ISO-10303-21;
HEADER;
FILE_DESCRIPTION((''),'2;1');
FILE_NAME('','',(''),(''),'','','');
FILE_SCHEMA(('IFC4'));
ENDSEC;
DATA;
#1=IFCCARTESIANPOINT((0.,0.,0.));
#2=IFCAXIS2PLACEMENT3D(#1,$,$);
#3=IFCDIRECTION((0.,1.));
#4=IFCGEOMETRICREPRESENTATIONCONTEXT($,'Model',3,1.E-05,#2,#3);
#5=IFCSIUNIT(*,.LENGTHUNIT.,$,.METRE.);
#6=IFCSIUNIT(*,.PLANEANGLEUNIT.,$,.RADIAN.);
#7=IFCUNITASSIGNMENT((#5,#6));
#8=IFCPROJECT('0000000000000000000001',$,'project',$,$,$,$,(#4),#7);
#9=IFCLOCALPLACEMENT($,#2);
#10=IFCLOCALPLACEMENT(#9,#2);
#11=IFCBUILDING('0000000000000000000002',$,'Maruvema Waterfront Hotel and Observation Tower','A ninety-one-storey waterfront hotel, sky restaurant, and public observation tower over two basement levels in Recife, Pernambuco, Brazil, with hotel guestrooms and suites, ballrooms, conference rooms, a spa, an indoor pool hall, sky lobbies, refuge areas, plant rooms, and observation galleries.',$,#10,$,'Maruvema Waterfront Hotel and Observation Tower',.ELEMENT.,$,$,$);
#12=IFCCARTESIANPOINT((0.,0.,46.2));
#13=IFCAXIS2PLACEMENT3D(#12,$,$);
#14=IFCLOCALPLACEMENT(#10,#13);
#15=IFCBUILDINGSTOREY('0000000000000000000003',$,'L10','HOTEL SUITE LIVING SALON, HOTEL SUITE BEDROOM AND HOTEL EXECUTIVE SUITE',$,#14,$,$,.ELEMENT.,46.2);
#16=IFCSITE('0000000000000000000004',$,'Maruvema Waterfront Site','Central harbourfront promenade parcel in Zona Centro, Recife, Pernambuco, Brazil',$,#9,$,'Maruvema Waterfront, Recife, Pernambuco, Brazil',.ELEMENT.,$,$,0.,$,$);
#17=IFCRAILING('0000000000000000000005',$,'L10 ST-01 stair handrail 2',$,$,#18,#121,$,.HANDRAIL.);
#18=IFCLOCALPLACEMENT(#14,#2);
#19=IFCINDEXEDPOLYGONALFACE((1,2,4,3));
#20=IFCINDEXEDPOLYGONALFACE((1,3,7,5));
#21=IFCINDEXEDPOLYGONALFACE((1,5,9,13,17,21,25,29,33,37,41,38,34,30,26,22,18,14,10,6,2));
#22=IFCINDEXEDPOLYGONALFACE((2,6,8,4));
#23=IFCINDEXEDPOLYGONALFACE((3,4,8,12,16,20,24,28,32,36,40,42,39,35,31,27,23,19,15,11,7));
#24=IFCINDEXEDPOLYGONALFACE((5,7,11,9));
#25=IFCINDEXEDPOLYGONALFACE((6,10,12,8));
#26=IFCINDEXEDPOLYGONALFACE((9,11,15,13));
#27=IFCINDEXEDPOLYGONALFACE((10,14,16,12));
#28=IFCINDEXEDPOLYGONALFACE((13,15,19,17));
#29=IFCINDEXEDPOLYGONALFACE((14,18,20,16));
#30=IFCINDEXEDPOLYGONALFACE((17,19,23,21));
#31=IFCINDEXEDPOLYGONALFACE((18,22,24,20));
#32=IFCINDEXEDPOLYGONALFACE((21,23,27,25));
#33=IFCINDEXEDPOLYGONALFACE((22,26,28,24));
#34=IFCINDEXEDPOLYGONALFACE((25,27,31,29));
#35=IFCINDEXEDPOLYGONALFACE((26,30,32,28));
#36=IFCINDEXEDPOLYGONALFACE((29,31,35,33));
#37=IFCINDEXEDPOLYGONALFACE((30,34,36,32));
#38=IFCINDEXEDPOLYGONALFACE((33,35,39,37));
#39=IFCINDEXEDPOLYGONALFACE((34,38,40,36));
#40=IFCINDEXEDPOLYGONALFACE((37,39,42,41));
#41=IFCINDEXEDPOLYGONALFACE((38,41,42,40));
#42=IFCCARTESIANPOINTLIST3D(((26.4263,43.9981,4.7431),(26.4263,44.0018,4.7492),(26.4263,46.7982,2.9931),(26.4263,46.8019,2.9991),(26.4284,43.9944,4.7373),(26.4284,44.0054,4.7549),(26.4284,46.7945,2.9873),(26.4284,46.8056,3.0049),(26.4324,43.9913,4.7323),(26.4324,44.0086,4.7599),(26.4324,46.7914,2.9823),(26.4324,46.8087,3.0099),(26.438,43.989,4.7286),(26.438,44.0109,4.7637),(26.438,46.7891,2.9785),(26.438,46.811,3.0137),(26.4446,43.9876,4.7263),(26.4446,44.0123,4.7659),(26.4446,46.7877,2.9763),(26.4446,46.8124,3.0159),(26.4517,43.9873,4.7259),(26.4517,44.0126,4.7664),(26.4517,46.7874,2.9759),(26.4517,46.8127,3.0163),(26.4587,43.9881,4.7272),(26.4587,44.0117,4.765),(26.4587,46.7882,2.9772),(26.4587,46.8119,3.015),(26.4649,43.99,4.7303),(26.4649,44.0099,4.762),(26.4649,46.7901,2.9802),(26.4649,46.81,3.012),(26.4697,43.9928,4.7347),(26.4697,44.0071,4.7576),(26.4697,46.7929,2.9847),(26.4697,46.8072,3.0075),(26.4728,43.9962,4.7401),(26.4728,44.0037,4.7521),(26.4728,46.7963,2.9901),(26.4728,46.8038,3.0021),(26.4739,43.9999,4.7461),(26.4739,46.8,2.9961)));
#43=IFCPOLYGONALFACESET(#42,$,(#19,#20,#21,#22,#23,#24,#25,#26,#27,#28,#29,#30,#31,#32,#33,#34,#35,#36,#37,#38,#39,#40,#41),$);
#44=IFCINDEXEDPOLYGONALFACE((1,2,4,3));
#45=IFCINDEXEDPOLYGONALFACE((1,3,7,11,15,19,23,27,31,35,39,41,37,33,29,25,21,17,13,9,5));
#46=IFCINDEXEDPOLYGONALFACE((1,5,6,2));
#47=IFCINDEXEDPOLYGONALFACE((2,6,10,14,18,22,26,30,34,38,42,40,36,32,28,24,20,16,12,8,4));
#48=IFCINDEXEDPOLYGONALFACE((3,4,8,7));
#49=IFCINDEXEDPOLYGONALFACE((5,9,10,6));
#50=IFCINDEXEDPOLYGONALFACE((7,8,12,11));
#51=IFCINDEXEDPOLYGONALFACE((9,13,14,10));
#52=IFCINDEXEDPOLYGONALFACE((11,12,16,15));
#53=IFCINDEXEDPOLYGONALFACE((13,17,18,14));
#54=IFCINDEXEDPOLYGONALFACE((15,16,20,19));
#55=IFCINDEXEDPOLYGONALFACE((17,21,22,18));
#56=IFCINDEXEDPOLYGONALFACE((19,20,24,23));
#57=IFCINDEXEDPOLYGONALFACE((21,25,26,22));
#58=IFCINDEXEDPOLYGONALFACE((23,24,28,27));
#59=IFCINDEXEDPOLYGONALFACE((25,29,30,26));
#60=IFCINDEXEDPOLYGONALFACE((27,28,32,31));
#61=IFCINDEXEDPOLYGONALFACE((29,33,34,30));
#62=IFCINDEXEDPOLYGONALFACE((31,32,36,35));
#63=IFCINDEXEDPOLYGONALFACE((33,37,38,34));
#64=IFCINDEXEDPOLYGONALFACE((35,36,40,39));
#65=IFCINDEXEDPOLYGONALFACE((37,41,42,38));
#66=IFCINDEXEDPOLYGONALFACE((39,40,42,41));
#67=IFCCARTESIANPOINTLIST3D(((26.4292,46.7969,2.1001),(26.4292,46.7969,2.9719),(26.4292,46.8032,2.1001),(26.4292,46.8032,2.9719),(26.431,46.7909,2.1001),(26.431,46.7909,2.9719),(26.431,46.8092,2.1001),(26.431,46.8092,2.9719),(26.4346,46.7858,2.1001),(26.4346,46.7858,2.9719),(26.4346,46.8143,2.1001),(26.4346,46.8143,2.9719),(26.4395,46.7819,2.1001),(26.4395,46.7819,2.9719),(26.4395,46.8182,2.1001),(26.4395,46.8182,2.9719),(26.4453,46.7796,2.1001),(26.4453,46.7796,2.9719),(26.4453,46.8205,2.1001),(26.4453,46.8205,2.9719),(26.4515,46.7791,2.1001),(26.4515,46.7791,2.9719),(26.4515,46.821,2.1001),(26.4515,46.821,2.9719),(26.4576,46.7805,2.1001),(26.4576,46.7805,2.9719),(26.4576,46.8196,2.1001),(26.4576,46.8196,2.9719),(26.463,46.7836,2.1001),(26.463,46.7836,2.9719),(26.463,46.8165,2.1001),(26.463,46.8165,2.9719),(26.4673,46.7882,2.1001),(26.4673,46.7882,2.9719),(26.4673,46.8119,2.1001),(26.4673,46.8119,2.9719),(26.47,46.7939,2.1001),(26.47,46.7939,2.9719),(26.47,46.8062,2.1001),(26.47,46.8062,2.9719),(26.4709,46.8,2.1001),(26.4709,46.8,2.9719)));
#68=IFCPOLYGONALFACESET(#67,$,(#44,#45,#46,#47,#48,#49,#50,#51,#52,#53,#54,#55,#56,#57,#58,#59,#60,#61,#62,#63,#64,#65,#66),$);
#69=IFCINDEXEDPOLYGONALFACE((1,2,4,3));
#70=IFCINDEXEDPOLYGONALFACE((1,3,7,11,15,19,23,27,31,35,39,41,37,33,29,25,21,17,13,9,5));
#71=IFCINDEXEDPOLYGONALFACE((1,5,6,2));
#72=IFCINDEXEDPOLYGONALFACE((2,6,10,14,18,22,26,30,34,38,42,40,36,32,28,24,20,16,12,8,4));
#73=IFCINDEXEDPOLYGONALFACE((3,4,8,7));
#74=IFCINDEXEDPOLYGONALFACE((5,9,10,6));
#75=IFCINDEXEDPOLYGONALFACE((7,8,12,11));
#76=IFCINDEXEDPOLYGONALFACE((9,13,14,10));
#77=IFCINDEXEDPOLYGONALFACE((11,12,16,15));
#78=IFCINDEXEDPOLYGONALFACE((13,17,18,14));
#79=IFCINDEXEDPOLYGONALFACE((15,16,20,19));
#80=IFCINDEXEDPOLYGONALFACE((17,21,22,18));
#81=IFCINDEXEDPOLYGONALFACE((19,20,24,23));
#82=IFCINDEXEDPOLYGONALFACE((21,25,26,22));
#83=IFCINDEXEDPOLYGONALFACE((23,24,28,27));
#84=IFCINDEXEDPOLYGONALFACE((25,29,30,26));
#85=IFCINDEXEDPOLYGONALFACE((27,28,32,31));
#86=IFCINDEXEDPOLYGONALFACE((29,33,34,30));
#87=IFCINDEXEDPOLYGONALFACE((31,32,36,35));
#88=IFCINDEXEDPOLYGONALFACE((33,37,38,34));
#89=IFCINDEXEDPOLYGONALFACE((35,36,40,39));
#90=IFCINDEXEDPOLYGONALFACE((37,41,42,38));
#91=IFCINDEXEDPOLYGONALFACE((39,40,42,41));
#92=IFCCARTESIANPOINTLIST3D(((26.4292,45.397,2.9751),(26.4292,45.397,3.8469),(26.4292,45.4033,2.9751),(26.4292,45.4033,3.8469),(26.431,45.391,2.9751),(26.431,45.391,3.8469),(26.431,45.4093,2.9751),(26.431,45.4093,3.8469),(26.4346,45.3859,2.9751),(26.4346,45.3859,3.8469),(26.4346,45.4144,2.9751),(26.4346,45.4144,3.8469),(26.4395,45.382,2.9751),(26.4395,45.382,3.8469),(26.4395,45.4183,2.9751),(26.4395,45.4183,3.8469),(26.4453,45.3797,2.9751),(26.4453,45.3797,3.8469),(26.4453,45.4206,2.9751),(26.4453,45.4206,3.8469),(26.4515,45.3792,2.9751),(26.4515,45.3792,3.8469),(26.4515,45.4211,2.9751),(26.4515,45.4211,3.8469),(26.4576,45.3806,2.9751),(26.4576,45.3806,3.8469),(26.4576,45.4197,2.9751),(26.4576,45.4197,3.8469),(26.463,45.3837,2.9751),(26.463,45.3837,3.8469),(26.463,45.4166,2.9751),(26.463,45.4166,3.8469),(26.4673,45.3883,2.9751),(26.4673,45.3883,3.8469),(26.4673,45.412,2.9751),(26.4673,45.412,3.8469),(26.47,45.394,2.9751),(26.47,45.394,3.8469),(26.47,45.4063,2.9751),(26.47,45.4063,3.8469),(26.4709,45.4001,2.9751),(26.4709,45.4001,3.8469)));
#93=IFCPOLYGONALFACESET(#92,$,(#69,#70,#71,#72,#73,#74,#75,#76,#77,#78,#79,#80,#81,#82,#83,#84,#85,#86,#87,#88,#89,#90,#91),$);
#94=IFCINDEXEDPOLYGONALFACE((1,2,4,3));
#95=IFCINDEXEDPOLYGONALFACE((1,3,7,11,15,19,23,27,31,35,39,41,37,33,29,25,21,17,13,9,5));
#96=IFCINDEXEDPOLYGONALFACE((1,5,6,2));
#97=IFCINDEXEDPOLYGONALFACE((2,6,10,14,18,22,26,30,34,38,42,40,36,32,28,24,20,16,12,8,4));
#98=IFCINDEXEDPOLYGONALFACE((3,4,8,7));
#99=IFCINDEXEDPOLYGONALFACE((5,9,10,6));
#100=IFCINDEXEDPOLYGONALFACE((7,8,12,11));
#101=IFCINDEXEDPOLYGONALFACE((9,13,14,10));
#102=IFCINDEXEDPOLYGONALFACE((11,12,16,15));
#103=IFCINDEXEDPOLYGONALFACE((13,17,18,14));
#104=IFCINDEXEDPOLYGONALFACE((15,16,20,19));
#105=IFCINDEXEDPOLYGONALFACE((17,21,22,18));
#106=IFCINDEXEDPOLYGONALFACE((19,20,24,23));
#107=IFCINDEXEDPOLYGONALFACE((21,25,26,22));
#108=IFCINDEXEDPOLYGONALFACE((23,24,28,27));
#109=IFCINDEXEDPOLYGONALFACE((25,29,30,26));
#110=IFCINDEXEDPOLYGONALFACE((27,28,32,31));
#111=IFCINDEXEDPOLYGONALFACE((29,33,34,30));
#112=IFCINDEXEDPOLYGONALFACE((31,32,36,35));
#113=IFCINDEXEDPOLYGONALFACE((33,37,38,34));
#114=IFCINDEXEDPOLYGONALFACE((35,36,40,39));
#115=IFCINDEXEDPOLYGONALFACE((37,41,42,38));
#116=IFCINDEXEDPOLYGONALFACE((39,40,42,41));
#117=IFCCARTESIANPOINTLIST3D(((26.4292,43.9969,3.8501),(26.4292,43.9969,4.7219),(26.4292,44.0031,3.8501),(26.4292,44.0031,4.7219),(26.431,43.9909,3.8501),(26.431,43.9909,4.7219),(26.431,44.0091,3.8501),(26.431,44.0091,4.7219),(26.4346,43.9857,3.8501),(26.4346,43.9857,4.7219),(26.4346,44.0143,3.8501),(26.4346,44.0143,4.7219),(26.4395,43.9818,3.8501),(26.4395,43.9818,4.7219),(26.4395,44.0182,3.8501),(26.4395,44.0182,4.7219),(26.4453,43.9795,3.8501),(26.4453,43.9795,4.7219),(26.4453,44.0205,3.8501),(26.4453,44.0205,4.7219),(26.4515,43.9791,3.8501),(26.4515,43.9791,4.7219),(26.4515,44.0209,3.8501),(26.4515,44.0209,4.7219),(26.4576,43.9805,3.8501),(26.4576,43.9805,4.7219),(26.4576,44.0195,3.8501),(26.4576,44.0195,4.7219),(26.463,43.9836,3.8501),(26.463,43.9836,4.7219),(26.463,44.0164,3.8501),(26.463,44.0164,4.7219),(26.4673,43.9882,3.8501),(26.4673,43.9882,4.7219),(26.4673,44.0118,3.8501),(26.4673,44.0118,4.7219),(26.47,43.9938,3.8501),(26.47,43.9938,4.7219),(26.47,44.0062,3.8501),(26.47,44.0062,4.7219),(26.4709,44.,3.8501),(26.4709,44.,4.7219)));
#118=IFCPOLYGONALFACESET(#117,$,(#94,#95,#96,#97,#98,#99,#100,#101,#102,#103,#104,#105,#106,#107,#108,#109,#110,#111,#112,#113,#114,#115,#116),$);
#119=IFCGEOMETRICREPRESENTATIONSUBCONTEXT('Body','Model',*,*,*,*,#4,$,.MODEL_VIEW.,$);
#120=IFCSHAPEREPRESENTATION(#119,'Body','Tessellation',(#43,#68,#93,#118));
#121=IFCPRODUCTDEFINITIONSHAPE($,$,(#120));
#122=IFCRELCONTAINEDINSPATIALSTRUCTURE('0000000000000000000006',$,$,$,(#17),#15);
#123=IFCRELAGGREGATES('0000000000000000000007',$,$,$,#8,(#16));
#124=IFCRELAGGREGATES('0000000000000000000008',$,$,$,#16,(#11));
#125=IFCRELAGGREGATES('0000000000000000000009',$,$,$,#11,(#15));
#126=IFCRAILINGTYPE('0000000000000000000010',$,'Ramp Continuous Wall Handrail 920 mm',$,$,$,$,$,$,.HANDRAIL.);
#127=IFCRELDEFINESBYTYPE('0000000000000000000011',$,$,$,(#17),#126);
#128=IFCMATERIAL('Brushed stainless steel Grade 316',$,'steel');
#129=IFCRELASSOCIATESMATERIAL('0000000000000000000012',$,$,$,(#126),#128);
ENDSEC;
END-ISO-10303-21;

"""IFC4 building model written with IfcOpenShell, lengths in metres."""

from ifc_helpers import new_model, si_unit, direction, frame, origin, origin_2d, place, context, subcontext, project, spatial, circle, extrude, material, type_object, element, save


model = new_model("IFC4")

# Units and contexts
model_context = context("Model", 3, precision=1e-05, world=origin(), true_north=direction((0.0, 1.0)))
body_context = subcontext(model_context, "Body", "Model", "MODEL_VIEW")
ifc_project = project(units=[si_unit("LENGTHUNIT", "METRE"), si_unit("PLANEANGLEUNIT", "RADIAN")], contexts=[model_context])

# Site, building, storey
site_placement = place(None, origin())
site = spatial("IfcSite", under=ifc_project, at=site_placement, Name="Maruvema Waterfront Site", Description="Central harbourfront promenade parcel in Zona Centro, Recife, Pernambuco, Brazil", LongName="Maruvema Waterfront, Recife, Pernambuco, Brazil", CompositionType="ELEMENT", RefElevation=0.0)
building_placement = place(site_placement, origin())
building = spatial("IfcBuilding", under=site, at=building_placement, Name="Maruvema Waterfront Hotel and Observation Tower", Description="A ninety-one-storey waterfront hotel, sky restaurant, and public observation tower over two basement levels in Recife, Pernambuco, Brazil, with hotel guestrooms and suites, ballrooms, conference rooms, a spa, an indoor pool hall, sky lobbies, refuge areas, plant rooms, and observation galleries.", LongName="Maruvema Waterfront Hotel and Observation Tower", CompositionType="ELEMENT")
storey_placement = place(building_placement, frame((0.0, 0.0, 46.2)))
storey = spatial("IfcBuildingStorey", under=building, at=storey_placement, Name="L10", Description="HOTEL SUITE LIVING SALON, HOTEL SUITE BEDROOM AND HOTEL EXECUTIVE SUITE", CompositionType="ELEMENT", Elevation=46.2)

# Railing
ifc_material_1 = material(Name="Brushed stainless steel Grade 316", Category="steel")
railing_type_1 = type_object("IfcRailingType", Name="Ramp Continuous Wall Handrail 920 mm", PredefinedType="HANDRAIL", material=ifc_material_1)
railing_1_placement = place(storey_placement, frame((26.45, 46.8, 2.1001)))
element("IfcRailing", 1, at=railing_1_placement, inside=storey, type_object=railing_type_1, Name="L10 ST-01 stair handrail 2", PredefinedType="HANDRAIL", context=body_context, shape_type="SweptSolid", body=[
    extrude(circle(Radius=0.0239, at=origin_2d()), frame((0.0, 0.0, 0.896), z_axis=(0.0, -0.848002, 0.529992), x_axis=(1.0, 0.0, 0.0)), (0.0, 0.0, 1.0), 3.302),
    extrude(circle(Radius=0.021, at=origin_2d()), origin(), (0.0, 0.0, 1.0), 0.8718),
    extrude(circle(Radius=0.021, at=origin_2d()), frame((0.0, -1.3999, 0.875)), (0.0, 0.0, 1.0), 0.8718),
    extrude(circle(Radius=0.021, at=origin_2d()), frame((0.0, -2.8, 1.75)), (0.0, 0.0, 1.0), 0.8718),
])

save(model, "model.ifc")
